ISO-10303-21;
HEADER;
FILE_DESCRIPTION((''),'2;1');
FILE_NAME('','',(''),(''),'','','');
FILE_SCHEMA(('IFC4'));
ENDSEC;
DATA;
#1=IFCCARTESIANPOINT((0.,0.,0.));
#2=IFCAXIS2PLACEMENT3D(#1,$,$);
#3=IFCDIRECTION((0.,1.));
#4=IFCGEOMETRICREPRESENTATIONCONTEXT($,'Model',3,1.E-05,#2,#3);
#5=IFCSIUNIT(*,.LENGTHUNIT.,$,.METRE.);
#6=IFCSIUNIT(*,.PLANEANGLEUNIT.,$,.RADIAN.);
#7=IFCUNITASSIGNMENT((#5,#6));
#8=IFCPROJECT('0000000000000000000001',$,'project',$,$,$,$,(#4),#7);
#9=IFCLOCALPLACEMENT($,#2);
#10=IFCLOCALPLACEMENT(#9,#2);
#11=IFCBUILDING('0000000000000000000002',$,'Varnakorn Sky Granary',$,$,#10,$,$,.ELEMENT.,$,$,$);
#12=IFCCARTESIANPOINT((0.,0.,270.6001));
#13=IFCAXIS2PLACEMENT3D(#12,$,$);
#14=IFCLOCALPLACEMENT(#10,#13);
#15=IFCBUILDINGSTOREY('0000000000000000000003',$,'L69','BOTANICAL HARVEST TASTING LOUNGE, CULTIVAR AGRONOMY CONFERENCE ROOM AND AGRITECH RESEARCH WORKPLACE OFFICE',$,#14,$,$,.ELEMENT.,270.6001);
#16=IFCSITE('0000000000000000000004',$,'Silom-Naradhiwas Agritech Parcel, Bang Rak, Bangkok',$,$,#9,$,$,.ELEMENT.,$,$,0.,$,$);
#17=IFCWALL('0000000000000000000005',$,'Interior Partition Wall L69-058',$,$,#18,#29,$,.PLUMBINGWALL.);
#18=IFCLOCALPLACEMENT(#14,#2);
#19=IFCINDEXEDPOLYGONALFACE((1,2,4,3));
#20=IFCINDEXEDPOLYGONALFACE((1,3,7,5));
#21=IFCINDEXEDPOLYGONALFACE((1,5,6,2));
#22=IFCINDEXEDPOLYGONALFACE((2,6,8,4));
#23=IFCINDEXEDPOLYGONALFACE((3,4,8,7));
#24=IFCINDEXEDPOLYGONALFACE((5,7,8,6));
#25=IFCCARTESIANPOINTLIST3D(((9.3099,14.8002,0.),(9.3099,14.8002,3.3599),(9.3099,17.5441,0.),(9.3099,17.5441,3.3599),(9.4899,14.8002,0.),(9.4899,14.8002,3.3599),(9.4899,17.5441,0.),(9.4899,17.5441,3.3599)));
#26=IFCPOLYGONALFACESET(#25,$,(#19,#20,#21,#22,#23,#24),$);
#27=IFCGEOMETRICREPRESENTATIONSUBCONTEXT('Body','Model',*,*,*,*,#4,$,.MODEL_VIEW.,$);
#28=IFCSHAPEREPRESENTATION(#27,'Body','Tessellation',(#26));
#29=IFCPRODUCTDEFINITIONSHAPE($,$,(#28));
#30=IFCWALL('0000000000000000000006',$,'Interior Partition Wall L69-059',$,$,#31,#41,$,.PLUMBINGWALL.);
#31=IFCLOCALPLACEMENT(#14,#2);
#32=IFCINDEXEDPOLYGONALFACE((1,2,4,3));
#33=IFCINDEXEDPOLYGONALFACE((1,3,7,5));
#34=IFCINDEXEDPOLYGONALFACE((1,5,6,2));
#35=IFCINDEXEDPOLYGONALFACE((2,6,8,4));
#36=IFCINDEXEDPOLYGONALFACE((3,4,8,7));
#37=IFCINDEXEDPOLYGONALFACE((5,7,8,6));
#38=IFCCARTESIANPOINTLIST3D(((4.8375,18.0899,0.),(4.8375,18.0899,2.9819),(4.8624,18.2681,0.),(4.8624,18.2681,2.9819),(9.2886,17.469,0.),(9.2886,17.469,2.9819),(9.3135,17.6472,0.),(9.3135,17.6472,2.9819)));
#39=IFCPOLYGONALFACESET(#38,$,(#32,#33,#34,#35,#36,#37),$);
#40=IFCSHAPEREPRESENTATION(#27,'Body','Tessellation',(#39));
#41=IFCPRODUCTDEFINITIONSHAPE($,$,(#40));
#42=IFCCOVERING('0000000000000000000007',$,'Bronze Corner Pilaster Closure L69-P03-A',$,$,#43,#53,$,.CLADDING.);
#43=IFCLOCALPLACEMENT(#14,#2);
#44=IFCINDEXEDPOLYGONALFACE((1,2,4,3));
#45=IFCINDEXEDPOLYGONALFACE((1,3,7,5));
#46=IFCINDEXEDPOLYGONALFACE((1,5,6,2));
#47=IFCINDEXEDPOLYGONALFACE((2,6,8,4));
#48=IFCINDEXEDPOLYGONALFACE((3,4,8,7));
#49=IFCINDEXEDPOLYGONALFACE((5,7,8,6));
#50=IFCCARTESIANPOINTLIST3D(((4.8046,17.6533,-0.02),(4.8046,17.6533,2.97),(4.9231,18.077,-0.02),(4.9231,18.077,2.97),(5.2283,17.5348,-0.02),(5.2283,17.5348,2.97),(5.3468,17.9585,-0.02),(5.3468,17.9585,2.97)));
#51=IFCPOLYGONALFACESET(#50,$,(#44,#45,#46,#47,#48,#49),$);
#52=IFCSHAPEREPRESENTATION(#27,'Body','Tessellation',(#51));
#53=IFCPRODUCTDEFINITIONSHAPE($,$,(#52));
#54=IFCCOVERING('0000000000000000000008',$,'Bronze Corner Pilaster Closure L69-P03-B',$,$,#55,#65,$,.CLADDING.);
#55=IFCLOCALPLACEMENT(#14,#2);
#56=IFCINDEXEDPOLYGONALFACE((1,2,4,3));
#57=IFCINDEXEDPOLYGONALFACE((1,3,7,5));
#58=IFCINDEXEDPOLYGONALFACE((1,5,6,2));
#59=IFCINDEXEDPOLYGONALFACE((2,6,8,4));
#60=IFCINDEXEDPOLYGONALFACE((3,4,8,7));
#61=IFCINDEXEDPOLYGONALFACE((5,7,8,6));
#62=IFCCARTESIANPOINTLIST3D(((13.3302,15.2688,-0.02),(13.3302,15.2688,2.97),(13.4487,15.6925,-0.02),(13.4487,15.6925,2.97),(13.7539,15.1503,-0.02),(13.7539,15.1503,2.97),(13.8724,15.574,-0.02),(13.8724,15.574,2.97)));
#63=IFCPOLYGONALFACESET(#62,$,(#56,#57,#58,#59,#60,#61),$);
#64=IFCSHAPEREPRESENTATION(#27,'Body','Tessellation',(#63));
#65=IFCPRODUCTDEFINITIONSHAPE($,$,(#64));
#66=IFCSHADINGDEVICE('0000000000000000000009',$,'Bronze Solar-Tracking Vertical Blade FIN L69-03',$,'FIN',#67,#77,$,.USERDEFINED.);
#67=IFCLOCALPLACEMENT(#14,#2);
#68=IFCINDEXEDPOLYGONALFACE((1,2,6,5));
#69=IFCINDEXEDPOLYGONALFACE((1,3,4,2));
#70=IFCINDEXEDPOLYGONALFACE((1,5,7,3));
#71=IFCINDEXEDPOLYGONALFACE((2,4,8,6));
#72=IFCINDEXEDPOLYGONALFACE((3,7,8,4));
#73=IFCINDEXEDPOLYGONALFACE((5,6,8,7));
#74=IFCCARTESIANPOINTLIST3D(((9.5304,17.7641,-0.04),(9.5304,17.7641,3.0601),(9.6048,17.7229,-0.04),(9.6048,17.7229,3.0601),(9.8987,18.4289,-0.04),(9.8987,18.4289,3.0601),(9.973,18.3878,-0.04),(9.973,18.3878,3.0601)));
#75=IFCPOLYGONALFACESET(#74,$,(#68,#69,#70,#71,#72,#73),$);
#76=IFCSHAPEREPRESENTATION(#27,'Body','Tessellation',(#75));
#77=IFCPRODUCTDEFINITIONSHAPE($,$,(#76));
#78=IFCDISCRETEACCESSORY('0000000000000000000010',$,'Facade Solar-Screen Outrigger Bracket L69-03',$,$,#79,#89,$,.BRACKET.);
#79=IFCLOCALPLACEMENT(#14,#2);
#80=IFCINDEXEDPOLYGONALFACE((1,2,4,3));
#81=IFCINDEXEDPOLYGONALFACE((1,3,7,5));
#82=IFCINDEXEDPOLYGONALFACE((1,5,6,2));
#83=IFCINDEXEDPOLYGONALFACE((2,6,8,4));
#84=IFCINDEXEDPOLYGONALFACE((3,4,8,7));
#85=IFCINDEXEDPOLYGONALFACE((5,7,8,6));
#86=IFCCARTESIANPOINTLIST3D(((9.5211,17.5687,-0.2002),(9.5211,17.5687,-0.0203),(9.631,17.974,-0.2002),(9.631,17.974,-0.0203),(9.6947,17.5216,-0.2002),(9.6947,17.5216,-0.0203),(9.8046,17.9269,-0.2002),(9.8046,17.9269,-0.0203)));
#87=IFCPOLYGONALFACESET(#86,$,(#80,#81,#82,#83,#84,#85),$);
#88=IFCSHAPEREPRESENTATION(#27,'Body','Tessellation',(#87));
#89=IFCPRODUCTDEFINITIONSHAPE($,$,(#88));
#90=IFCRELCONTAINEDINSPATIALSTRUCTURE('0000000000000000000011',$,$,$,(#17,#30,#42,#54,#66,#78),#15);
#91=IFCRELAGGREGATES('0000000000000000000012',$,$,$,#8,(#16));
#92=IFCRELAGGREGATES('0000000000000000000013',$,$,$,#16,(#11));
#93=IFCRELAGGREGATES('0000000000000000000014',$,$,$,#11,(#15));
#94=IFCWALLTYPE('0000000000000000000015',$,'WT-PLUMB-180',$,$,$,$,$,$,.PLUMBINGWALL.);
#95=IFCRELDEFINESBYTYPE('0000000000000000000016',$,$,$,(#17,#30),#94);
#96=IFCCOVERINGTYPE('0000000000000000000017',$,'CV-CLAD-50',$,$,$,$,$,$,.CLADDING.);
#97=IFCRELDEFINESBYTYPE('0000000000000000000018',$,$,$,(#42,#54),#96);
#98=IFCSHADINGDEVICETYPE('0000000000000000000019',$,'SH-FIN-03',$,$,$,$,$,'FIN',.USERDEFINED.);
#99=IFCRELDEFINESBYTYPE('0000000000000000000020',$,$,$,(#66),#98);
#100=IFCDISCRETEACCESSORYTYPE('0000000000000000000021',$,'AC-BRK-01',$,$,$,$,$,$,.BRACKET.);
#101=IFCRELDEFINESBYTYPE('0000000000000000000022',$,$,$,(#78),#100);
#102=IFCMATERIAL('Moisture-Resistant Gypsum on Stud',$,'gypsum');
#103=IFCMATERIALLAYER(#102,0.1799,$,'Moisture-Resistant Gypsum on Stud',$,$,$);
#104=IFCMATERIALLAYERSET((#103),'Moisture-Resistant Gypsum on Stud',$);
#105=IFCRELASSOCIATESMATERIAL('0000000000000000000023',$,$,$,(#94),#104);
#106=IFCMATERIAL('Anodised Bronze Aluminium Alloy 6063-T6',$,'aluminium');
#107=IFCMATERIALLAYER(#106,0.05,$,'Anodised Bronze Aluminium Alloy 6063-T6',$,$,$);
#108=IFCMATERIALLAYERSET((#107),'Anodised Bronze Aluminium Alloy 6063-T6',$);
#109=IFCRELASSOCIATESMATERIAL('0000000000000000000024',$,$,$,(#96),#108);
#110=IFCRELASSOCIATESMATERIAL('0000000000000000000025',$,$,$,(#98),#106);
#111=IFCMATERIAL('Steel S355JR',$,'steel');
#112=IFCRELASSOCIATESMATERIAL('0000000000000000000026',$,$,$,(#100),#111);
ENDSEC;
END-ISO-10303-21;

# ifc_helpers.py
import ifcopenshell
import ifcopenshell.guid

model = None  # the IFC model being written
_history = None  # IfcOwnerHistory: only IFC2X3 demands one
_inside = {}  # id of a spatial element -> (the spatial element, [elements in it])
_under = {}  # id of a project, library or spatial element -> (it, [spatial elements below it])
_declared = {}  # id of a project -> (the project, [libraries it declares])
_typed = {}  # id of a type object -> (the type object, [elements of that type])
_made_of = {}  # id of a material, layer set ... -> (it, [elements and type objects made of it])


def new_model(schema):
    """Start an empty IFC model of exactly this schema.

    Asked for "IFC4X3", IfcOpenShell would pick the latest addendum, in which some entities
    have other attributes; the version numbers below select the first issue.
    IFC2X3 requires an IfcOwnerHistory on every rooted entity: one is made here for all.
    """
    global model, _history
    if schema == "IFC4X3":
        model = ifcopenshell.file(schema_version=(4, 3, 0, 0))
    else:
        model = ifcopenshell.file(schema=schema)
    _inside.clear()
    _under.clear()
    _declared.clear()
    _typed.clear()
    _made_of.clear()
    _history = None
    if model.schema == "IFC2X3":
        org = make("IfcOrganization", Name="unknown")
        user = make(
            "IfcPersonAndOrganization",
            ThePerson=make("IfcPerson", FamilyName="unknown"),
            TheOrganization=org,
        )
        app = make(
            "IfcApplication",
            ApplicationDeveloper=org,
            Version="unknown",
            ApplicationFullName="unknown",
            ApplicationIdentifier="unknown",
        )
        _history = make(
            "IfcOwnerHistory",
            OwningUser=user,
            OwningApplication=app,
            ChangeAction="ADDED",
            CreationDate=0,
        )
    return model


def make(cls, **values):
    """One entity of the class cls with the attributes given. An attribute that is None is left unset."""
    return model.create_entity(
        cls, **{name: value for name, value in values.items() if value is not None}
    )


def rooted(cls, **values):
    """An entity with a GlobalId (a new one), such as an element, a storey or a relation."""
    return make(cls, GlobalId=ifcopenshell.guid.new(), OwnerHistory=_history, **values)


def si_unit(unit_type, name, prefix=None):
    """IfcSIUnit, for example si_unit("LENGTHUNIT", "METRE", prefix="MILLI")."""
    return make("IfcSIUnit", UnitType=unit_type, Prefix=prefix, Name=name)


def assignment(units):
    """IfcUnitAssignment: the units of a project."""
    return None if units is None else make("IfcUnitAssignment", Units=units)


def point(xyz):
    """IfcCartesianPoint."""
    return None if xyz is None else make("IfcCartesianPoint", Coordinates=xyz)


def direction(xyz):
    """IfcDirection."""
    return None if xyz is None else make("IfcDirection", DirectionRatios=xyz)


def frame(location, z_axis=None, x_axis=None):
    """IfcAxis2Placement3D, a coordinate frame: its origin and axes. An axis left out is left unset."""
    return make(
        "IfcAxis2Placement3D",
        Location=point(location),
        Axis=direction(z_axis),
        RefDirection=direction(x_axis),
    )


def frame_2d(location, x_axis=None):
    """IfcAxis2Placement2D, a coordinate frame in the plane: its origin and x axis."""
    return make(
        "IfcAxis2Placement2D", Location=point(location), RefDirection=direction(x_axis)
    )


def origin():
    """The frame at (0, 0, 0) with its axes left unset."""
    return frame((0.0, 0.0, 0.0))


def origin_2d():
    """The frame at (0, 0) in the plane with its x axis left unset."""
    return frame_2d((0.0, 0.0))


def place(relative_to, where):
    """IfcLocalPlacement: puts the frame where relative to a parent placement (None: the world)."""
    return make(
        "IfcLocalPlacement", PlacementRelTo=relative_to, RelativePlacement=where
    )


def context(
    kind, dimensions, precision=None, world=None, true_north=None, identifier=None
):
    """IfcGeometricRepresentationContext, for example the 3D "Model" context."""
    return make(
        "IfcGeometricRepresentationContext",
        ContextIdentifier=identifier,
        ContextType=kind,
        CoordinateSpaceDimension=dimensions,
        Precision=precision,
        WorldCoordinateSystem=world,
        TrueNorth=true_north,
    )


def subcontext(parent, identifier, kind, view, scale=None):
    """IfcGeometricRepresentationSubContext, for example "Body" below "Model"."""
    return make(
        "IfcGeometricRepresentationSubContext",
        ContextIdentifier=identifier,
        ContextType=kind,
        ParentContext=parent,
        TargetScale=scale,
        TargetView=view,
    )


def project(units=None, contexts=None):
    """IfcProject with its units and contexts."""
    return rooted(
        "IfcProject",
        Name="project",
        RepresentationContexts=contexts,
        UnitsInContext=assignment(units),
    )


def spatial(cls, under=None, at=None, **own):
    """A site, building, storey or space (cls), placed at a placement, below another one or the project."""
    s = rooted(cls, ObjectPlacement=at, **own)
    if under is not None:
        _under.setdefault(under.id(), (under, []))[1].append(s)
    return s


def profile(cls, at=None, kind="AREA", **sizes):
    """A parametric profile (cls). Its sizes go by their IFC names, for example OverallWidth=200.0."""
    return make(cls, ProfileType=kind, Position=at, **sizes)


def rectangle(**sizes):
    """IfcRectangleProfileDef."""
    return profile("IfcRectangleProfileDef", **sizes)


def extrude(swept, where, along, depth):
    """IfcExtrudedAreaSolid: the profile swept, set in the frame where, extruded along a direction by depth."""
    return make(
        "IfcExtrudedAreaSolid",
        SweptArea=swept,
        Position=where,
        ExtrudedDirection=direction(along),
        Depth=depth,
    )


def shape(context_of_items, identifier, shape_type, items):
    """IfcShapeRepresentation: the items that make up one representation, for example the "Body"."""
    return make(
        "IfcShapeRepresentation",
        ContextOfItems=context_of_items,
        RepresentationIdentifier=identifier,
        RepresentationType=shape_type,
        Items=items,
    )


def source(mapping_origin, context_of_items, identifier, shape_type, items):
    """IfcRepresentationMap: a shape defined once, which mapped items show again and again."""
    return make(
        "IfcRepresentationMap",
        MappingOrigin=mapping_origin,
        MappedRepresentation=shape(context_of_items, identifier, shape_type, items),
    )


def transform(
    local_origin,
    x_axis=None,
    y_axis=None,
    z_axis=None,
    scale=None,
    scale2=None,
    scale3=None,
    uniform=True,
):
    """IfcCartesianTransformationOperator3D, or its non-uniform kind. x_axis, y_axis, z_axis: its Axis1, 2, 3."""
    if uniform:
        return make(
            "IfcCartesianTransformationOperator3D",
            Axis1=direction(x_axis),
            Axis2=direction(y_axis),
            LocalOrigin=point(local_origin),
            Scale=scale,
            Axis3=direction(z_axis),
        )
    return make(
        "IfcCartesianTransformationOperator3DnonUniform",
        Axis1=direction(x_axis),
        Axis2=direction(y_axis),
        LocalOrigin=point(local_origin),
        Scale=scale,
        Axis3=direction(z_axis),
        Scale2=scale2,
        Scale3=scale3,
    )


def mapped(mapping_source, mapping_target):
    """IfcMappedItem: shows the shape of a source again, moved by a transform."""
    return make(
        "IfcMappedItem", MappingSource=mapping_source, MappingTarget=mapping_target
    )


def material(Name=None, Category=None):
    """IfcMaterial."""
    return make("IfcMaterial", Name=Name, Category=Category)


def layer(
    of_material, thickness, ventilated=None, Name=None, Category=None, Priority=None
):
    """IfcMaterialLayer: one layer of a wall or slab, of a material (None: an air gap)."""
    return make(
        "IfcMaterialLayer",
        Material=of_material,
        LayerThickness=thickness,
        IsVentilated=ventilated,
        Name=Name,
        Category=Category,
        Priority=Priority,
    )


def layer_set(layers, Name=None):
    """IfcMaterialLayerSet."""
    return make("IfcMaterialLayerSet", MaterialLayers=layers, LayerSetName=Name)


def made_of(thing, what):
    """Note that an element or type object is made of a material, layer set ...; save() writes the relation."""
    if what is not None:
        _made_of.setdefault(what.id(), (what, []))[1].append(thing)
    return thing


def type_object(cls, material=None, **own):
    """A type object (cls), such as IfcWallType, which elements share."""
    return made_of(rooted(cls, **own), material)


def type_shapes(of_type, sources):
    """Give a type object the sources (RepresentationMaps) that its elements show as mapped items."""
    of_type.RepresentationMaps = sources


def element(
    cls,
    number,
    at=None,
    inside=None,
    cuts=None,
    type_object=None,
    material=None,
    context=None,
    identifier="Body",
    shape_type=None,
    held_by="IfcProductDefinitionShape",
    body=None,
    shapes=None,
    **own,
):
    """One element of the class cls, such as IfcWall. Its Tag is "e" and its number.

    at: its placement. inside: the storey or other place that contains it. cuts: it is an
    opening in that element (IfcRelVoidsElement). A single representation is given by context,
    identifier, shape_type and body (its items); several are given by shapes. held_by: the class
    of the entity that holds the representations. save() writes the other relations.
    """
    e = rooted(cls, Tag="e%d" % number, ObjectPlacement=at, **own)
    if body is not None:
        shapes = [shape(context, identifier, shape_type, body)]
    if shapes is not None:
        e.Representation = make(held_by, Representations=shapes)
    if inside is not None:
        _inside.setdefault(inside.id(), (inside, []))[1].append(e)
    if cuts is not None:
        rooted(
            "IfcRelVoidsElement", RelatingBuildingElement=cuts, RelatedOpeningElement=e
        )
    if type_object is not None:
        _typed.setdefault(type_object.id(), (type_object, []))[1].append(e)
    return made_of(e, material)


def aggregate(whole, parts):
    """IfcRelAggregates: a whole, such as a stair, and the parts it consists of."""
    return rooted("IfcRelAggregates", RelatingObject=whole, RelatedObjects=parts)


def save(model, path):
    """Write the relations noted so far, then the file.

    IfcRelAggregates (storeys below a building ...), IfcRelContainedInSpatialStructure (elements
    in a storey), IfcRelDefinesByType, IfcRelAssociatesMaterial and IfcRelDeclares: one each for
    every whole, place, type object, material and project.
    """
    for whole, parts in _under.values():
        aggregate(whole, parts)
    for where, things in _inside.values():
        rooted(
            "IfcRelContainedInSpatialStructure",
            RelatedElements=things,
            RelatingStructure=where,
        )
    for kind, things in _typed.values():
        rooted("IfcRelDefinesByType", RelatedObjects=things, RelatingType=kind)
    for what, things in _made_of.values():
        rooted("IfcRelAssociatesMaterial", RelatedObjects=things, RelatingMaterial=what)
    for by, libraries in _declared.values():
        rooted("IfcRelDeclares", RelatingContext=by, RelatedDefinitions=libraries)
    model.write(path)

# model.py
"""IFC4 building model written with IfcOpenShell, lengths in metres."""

from ifc_helpers import new_model, si_unit, direction, frame, frame_2d, origin, origin_2d, place, context, subcontext, project, spatial, rectangle, extrude, source, transform, mapped, material, layer, layer_set, type_object, type_shapes, element, save


model = new_model("IFC4")

# Units and contexts
model_context = context("Model", 3, precision=1e-05, world=origin(), true_north=direction((0.0, 1.0)))
body_context = subcontext(model_context, "Body", "Model", "MODEL_VIEW")
ifc_project = project(units=[si_unit("LENGTHUNIT", "METRE"), si_unit("PLANEANGLEUNIT", "RADIAN")], contexts=[model_context])

# Site, building, storey
site_placement = place(None, origin())
site = spatial("IfcSite", under=ifc_project, at=site_placement, Name="Silom-Naradhiwas Agritech Parcel, Bang Rak, Bangkok", CompositionType="ELEMENT", RefElevation=0.0)
building_placement = place(site_placement, origin())
building = spatial("IfcBuilding", under=site, at=building_placement, Name="Varnakorn Sky Granary", CompositionType="ELEMENT")
storey_placement = place(building_placement, frame((0.0, 0.0, 270.6001)))
storey = spatial("IfcBuildingStorey", under=building, at=storey_placement, Name="L69", Description="BOTANICAL HARVEST TASTING LOUNGE, CULTIVAR AGRONOMY CONFERENCE ROOM AND AGRITECH RESEARCH WORKPLACE OFFICE", CompositionType="ELEMENT", Elevation=270.6001)

# Shared definitions
ifc_material_1 = material(Name="Steel S355JR", Category="steel")

# Shared definitions
ifc_material_2 = material(Name="Anodised Bronze Aluminium Alloy 6063-T6", Category="aluminium")

# Shared definitions
ifc_material_3 = material(Name="Moisture-Resistant Gypsum on Stud", Category="gypsum")
ifc_layer_1 = layer(ifc_material_3, 0.1799, Name="Moisture-Resistant Gypsum on Stud")
ifc_layer_set_1 = layer_set([ifc_layer_1], Name="Moisture-Resistant Gypsum on Stud")
wall_type_1 = type_object("IfcWallType", Name="WT-PLUMB-180", PredefinedType="PLUMBINGWALL", material=ifc_layer_set_1)

# Walls
wall_1_placement = place(storey_placement, frame((9.3999, 14.8, 0.0), z_axis=(0.0, 0.0, 1.0), x_axis=(0.0, 1.0, 0.0)))
element("IfcWall", 1, at=wall_1_placement, inside=storey, type_object=wall_type_1, Name="Interior Partition Wall L69-058", PredefinedType="PLUMBINGWALL", context=body_context, shape_type="SweptSolid", body=[
    extrude(rectangle(XDim=2.7439, YDim=0.1799, at=frame_2d((1.3721, 0.0))), origin(), (0.0, 0.0, 1.0), 3.3599),
])
wall_2_placement = place(storey_placement, frame((9.301, 17.5581, 0.0), z_axis=(0.0, 0.0, 1.0), x_axis=(-0.990411, 0.13815, 0.0)))
element("IfcWall", 2, at=wall_2_placement, inside=storey, type_object=wall_type_1, Name="Interior Partition Wall L69-059", PredefinedType="PLUMBINGWALL", context=body_context, shape_type="SweptSolid", body=[
    extrude(rectangle(XDim=4.4941, YDim=0.1799, at=frame_2d((2.2471, 0.0))), origin(), (0.0, 0.0, 1.0), 2.9819),
])

# Coverings
ifc_layer_2 = layer(ifc_material_2, 0.05, Name="Anodised Bronze Aluminium Alloy 6063-T6")
ifc_layer_set_2 = layer_set([ifc_layer_2], Name="Anodised Bronze Aluminium Alloy 6063-T6")
covering_type = type_object("IfcCoveringType", Name="CV-CLAD-50", PredefinedType="CLADDING", material=ifc_layer_set_2)
shared_shape_1 = source(origin(), body_context, "Body", "SweptSolid", [
    extrude(rectangle(XDim=0.4399, YDim=0.4399, at=origin_2d()), origin(), (0.0, 0.0, 1.0), 2.99),
])
type_shapes(covering_type, [shared_shape_1])
for number, where, z_axis, x_axis, name in (
    (3, (5.0757, 17.8059, -0.02), (0.0, 0.0, 1.0), (0.963022, -0.269424, 0.0), "Bronze Corner Pilaster Closure L69-P03-A"),
    (4, (13.6013, 15.4214, -0.02), (0.0, 0.0, 1.0), (0.963022, -0.269424, 0.0), "Bronze Corner Pilaster Closure L69-P03-B"),
):
    element("IfcCovering", number, at=place(storey_placement, frame(where, z_axis=z_axis, x_axis=x_axis)), inside=storey, type_object=covering_type, Name=name, PredefinedType="CLADDING", context=body_context, shape_type="MappedRepresentation", body=[
        mapped(shared_shape_1, transform((0.0, 0.0, 0.0), x_axis=(1.0, 0.0, 0.0), y_axis=(0.0, 1.0, 0.0), z_axis=(0.0, 0.0, 1.0), scale=1.0)),
    ])

# Shading device
shading_device_type = type_object("IfcShadingDeviceType", Name="SH-FIN-03", ElementType="FIN", PredefinedType="USERDEFINED", material=ifc_material_2)
shared_shape_2 = source(origin(), body_context, "Body", "SweptSolid", [
    extrude(rectangle(XDim=0.085, YDim=0.76, at=origin_2d()), origin(), (0.0, 0.0, 1.0), 3.1001),
])
type_shapes(shading_device_type, [shared_shape_2])
shading_device_placement = place(storey_placement, frame((9.7517, 18.0759, -0.04), z_axis=(0.0, 0.0, 1.0), x_axis=(-0.874785, 0.484511, 0.0)))
element("IfcShadingDevice", 5, at=shading_device_placement, inside=storey, type_object=shading_device_type, Name="Bronze Solar-Tracking Vertical Blade FIN L69-03", ObjectType="FIN", PredefinedType="USERDEFINED", context=body_context, shape_type="MappedRepresentation", body=[
    mapped(shared_shape_2, transform((0.0, 0.0, 0.0), x_axis=(1.0, 0.0, 0.0), y_axis=(0.0, 1.0, 0.0), z_axis=(0.0, 0.0, 1.0), scale=1.0)),
])

# Discrete accessory
discrete_accessory_type = type_object("IfcDiscreteAccessoryType", Name="AC-BRK-01", PredefinedType="BRACKET", material=ifc_material_1)
shared_shape_3 = source(origin(), body_context, "Body", "SweptSolid", [
    extrude(rectangle(XDim=0.1799, YDim=0.4199, at=origin_2d()), origin(), (0.0, 0.0, 1.0), 0.1799),
])
type_shapes(discrete_accessory_type, [shared_shape_3])
discrete_accessory_placement = place(storey_placement, frame((9.6628, 17.7478, -0.2002), z_axis=(0.0, 0.0, 1.0), x_axis=(-0.965143, 0.261725, 0.0)))
element("IfcDiscreteAccessory", 6, at=discrete_accessory_placement, inside=storey, type_object=discrete_accessory_type, Name="Facade Solar-Screen Outrigger Bracket L69-03", PredefinedType="BRACKET", context=body_context, shape_type="MappedRepresentation", body=[
    mapped(shared_shape_3, transform((0.0, 0.0, 0.0), x_axis=(1.0, 0.0, 0.0), y_axis=(0.0, 1.0, 0.0), z_axis=(0.0, 0.0, 1.0), scale=1.0)),
])

save(model, "model.ifc")
